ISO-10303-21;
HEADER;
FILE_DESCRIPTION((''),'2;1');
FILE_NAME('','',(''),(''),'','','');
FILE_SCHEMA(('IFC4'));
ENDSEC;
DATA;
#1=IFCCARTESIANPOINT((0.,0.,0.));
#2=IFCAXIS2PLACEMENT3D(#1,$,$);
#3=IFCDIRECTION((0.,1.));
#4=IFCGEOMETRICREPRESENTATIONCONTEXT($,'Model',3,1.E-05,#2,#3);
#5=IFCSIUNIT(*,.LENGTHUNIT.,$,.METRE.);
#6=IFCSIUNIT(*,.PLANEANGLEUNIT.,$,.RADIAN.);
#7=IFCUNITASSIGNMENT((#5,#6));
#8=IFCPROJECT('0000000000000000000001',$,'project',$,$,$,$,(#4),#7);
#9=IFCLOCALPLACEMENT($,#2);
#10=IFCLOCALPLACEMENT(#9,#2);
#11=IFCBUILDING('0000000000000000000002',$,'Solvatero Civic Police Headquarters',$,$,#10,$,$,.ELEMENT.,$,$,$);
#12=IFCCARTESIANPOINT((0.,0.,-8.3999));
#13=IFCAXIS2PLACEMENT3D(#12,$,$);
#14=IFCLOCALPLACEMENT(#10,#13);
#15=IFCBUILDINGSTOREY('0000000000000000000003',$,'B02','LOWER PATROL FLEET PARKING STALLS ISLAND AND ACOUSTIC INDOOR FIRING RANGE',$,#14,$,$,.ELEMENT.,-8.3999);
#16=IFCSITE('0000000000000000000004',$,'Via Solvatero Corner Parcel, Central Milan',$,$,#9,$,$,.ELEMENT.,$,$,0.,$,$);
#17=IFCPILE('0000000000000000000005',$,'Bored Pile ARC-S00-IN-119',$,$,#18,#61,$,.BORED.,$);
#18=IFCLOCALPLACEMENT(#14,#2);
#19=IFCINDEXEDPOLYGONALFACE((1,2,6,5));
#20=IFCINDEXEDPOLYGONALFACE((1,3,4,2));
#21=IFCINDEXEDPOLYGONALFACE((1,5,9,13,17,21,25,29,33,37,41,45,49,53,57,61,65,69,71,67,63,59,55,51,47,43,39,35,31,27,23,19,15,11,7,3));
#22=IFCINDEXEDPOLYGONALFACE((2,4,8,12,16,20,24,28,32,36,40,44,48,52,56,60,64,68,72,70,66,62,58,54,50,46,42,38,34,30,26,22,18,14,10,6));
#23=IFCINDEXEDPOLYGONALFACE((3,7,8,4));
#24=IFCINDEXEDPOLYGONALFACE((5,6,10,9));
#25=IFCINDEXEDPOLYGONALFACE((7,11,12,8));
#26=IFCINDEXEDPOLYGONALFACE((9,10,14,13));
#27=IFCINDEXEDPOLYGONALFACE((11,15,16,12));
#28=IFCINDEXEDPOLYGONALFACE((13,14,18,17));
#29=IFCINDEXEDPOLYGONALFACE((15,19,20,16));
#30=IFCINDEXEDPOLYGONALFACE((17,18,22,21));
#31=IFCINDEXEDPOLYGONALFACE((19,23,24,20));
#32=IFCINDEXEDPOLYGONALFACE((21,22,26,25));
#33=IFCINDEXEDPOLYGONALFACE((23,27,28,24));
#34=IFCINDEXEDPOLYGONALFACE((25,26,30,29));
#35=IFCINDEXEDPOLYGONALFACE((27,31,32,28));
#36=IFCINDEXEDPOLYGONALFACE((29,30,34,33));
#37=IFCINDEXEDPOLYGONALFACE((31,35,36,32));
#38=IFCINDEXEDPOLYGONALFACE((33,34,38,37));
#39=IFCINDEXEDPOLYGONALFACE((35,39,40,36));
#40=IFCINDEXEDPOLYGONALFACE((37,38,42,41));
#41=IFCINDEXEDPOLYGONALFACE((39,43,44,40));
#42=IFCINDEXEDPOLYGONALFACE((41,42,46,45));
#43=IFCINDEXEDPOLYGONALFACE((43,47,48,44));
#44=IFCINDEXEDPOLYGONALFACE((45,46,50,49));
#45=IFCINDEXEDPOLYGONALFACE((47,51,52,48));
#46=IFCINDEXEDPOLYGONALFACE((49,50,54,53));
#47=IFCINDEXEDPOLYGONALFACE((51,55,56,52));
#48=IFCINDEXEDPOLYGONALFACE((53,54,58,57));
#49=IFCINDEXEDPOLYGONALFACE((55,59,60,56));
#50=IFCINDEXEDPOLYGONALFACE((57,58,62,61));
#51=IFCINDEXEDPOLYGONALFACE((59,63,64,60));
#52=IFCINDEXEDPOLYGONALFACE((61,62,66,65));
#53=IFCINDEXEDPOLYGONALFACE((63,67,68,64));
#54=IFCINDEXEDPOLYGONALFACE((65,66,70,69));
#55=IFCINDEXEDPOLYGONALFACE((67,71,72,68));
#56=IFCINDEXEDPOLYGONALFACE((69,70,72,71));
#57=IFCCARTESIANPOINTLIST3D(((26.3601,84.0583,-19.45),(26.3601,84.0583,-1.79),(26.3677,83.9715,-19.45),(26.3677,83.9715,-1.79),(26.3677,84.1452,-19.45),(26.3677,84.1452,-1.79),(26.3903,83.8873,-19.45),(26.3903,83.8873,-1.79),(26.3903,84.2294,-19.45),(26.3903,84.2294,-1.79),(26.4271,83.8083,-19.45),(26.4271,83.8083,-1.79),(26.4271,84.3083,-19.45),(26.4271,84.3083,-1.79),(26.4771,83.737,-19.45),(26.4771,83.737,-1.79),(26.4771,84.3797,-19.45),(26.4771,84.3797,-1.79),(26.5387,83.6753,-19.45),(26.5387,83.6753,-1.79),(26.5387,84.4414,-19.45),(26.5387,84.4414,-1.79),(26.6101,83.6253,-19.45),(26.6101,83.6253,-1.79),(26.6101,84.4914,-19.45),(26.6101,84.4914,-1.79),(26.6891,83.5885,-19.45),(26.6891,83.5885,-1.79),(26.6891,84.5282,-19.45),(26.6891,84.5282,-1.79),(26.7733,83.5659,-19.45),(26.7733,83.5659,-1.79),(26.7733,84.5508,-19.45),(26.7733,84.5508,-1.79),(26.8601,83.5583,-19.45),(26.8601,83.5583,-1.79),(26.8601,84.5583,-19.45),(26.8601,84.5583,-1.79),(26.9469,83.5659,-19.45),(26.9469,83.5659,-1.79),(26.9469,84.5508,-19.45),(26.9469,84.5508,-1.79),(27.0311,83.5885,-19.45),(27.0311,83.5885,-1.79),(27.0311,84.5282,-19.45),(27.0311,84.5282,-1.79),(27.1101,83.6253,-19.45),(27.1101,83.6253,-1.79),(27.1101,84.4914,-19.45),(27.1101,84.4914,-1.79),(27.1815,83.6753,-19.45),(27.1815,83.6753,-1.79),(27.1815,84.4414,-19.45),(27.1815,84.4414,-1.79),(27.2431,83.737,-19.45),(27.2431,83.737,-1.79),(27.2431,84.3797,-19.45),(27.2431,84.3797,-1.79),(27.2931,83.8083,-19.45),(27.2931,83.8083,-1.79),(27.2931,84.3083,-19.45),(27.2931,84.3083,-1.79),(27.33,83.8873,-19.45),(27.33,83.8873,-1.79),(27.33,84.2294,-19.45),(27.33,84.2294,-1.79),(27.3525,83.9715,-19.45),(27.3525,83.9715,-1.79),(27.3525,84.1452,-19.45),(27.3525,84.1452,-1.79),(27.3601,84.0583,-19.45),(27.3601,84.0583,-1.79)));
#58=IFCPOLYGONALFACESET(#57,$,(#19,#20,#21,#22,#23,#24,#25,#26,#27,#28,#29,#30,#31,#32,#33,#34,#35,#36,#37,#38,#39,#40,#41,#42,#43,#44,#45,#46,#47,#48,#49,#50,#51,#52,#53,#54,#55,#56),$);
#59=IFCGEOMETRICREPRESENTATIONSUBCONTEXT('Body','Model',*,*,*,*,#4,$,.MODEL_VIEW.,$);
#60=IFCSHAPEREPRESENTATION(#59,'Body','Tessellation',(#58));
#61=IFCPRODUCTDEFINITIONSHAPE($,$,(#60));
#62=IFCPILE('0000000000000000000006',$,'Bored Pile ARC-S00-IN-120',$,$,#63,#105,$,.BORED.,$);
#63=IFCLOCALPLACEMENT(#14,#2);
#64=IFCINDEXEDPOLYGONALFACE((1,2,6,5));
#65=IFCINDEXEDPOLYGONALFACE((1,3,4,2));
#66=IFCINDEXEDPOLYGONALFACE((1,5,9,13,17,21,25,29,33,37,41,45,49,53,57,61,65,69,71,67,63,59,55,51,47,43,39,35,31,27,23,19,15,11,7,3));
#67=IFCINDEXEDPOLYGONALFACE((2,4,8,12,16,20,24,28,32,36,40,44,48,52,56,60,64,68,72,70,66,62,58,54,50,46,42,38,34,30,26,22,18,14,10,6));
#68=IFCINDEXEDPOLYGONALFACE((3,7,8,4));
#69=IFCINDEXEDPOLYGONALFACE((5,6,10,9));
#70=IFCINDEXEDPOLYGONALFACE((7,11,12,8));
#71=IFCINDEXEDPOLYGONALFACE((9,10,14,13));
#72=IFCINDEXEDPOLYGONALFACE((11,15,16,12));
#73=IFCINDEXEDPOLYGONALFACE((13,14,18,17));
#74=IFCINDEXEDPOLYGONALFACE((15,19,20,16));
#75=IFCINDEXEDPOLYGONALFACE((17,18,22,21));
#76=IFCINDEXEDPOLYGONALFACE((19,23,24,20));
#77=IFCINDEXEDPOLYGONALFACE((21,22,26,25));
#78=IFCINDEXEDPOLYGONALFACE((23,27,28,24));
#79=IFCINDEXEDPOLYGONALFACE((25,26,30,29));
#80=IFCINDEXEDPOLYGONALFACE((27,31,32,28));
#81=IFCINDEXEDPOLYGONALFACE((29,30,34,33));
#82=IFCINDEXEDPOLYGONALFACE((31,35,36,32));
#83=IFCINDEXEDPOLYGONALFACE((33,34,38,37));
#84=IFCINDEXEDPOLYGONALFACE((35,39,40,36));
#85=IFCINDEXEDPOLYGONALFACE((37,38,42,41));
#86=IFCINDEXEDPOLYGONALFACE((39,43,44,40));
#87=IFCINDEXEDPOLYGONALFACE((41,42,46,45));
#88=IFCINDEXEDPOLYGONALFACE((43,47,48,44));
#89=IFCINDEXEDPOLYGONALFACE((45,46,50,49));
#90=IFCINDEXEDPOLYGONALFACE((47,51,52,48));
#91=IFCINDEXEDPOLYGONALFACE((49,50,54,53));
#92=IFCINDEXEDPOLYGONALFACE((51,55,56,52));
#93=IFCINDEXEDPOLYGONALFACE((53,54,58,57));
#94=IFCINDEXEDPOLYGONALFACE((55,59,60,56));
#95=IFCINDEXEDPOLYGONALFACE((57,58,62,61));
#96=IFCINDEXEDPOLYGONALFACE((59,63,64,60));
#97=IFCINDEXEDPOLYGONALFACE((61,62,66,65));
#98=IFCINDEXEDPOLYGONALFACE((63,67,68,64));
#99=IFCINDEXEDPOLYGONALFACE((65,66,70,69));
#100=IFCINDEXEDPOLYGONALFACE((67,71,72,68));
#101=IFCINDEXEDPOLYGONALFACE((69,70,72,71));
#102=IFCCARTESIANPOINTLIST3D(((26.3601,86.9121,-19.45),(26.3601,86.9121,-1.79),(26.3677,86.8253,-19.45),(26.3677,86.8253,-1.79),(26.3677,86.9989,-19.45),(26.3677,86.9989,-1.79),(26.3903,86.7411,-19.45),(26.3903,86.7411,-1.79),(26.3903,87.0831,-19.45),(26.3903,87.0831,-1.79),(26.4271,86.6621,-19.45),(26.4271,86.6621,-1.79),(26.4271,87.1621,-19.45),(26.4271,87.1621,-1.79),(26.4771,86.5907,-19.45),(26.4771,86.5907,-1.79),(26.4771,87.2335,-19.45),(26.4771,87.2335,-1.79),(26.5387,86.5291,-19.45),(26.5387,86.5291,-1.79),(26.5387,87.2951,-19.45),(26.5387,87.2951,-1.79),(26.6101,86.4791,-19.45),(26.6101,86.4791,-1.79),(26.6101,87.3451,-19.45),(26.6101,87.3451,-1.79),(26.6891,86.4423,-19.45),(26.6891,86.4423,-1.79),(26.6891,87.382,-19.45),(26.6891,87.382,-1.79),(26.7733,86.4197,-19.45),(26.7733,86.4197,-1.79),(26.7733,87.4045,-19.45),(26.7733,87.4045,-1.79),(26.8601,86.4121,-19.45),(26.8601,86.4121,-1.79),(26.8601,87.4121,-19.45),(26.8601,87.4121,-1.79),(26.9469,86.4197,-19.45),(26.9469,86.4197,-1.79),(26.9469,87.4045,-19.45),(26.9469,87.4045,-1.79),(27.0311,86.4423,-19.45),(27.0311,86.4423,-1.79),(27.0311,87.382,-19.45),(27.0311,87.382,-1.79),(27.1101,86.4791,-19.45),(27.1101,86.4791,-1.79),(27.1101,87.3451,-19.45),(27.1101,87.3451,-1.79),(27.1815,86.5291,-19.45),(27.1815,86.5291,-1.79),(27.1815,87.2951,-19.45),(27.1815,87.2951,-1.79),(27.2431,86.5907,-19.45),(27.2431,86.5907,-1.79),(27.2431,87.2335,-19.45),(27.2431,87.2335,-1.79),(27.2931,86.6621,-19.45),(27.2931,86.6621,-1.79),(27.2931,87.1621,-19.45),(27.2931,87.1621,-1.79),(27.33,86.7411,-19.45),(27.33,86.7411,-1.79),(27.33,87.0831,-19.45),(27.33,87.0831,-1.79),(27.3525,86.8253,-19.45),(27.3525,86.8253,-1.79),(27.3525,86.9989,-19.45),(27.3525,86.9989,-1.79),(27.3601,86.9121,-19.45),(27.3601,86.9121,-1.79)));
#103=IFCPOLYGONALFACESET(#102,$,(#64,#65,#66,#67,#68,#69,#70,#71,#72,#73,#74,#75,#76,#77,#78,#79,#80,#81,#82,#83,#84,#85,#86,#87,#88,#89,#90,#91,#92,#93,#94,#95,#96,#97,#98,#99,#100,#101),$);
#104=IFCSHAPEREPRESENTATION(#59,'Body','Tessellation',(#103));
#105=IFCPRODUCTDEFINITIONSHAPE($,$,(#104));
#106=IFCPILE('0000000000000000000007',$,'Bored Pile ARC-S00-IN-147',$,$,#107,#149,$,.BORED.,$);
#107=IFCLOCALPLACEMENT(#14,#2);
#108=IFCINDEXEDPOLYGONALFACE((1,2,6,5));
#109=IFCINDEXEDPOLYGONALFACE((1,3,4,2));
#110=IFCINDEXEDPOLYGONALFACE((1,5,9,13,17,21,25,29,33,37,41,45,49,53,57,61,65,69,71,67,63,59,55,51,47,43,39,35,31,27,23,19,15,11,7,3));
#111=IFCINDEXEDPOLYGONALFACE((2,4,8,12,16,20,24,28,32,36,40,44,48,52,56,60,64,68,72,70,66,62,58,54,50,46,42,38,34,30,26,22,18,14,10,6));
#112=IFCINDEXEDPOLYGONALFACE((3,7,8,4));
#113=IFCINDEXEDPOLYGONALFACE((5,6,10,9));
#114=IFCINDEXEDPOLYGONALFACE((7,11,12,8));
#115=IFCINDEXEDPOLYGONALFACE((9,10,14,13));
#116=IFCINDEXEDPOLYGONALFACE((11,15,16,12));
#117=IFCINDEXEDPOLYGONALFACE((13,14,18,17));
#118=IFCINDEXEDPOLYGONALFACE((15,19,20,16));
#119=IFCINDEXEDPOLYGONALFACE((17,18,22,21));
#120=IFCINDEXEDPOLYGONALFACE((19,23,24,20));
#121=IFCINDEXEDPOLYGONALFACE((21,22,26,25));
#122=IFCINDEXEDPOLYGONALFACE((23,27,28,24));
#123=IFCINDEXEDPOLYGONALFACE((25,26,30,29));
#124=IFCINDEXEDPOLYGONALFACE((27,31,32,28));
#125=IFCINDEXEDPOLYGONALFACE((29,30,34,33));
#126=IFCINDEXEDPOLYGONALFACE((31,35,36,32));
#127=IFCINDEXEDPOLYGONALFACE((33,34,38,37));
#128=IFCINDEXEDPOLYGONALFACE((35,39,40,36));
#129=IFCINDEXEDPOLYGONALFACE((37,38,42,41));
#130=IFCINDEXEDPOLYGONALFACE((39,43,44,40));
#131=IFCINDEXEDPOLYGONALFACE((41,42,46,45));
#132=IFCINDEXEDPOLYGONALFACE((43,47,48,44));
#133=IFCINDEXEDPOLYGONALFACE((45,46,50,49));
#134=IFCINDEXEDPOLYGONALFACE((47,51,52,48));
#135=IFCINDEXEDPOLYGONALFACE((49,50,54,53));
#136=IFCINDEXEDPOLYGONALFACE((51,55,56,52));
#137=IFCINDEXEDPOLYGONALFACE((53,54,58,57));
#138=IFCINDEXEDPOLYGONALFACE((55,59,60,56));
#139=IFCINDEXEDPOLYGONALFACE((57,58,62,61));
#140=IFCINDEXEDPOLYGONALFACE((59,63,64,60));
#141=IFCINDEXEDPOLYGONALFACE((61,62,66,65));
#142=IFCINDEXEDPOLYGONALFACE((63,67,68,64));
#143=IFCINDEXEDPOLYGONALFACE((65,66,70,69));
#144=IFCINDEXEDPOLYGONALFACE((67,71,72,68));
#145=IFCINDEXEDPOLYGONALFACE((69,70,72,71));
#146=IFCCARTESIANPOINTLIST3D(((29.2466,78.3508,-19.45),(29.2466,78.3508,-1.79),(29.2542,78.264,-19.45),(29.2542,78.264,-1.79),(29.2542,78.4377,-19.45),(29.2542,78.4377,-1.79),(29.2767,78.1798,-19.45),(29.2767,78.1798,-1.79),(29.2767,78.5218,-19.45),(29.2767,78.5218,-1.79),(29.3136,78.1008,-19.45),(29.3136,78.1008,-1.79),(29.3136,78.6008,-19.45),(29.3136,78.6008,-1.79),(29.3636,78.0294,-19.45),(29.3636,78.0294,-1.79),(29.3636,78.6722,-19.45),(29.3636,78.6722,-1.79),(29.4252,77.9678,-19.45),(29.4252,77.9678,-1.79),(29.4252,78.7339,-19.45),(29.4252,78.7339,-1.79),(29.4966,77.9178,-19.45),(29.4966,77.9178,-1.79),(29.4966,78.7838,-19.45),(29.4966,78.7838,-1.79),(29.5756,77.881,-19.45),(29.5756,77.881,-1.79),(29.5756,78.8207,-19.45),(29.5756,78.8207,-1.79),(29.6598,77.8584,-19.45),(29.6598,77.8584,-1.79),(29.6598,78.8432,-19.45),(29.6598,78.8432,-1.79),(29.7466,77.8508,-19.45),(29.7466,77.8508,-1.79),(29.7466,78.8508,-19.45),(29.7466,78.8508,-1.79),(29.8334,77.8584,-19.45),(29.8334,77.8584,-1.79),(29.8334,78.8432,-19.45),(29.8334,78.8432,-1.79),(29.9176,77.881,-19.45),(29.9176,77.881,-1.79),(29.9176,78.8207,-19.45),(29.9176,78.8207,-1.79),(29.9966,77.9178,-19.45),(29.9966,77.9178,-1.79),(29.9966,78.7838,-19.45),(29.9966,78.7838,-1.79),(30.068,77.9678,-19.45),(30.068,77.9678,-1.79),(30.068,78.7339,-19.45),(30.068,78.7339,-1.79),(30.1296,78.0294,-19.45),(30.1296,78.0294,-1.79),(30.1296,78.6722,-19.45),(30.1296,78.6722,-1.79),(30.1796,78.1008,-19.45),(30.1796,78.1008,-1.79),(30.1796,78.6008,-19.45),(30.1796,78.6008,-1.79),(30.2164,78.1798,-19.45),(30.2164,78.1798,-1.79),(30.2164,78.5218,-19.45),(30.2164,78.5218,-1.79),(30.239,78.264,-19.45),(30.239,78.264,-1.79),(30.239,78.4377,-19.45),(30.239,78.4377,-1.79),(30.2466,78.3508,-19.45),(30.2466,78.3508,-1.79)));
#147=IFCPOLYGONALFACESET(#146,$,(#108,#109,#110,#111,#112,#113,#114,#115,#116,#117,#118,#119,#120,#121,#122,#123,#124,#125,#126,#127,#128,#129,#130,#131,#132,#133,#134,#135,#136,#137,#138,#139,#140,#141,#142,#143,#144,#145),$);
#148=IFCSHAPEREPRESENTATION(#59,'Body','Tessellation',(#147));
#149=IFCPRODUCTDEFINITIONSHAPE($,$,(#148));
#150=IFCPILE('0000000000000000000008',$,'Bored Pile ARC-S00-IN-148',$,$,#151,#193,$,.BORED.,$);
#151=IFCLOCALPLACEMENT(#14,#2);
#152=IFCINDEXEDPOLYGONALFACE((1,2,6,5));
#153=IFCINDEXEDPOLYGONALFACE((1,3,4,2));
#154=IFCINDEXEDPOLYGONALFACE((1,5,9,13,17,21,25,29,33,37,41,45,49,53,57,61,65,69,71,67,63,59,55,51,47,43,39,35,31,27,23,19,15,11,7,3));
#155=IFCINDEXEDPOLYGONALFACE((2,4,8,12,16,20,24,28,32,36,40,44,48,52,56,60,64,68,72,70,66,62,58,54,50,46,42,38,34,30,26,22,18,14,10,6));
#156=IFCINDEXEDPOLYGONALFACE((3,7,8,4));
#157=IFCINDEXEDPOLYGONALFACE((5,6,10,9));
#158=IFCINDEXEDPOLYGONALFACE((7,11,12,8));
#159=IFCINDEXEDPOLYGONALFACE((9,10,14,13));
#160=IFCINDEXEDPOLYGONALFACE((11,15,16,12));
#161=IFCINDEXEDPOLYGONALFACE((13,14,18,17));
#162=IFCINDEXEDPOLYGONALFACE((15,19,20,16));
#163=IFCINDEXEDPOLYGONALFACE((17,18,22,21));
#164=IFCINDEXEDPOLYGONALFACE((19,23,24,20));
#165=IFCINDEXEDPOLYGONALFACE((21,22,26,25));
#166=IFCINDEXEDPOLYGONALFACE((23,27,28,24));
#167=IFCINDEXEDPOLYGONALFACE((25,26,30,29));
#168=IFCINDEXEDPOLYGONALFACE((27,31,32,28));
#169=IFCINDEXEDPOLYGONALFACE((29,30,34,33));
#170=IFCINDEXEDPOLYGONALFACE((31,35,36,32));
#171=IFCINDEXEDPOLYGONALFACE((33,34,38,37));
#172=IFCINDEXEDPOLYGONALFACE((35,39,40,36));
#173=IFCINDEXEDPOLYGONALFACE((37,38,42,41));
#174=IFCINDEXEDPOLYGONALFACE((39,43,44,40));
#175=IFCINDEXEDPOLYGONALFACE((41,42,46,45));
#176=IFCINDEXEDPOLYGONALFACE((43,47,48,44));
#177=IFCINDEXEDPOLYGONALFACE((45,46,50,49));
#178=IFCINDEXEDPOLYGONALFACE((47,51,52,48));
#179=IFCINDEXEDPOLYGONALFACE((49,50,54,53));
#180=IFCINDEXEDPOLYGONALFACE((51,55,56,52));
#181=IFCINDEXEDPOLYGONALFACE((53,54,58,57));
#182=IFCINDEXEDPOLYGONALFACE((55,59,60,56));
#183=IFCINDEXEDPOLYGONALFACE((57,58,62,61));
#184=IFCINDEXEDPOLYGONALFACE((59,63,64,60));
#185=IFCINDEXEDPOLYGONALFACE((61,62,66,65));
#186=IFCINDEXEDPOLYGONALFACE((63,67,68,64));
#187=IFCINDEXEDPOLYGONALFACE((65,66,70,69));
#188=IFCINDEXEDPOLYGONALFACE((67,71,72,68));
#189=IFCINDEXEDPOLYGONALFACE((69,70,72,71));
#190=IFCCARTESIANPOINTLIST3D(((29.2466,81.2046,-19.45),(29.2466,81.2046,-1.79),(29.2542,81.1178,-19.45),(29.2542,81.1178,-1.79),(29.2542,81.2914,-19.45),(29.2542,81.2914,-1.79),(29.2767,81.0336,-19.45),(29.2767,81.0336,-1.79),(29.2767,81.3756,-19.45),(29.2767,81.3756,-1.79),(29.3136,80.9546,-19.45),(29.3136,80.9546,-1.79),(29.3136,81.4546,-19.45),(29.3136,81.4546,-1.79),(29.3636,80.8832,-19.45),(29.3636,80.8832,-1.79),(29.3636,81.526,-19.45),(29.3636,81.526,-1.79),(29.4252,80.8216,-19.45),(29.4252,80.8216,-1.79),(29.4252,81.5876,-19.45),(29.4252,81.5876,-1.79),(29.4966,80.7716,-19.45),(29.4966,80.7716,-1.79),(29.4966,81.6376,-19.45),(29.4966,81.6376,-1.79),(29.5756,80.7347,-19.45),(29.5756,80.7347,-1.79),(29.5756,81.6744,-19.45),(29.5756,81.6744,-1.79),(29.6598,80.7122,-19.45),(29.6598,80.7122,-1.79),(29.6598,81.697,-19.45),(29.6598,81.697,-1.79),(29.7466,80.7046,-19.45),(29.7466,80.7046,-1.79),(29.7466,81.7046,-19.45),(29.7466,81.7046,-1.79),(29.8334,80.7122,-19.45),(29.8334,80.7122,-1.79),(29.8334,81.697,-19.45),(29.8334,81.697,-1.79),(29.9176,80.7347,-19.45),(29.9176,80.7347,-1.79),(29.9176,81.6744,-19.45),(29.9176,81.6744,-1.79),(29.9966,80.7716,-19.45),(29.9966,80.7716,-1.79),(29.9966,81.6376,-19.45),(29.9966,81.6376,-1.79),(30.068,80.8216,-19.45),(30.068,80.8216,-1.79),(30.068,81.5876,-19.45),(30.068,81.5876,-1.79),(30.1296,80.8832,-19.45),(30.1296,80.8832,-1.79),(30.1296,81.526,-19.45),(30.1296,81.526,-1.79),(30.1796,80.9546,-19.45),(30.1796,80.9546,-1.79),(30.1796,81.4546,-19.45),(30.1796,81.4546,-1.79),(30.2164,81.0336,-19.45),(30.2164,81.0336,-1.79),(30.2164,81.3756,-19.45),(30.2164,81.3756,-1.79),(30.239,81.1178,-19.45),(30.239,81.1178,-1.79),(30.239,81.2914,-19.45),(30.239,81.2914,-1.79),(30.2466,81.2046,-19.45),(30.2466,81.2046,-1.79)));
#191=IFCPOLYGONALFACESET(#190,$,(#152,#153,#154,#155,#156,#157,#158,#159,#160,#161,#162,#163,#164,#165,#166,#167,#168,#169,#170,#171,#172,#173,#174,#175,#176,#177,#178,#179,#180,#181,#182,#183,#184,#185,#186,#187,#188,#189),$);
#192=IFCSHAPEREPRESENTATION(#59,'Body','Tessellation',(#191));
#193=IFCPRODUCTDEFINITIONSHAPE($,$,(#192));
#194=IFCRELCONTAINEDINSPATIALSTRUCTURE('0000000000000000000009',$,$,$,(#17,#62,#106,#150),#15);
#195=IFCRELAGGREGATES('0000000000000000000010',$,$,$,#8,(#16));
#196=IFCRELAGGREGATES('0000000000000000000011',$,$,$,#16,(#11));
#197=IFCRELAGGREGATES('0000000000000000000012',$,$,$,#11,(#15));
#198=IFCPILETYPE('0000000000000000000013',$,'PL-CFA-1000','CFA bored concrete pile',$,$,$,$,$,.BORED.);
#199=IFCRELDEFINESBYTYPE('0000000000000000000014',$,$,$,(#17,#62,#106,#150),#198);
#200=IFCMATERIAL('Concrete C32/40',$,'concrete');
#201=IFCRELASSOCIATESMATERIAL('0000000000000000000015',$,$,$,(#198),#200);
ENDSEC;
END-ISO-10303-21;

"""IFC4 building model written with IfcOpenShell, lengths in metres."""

from ifc_helpers import new_model, si_unit, direction, frame, origin, origin_2d, place, context, subcontext, project, spatial, circle, extrude, material, material_profile, profile_set, type_object, element, save


model = new_model("IFC4")

# Units and contexts
model_context = context("Model", 3, precision=1e-05, world=origin(), true_north=direction((0.0, 1.0)))
body_context = subcontext(model_context, "Body", "Model", "MODEL_VIEW")
ifc_project = project(units=[si_unit("LENGTHUNIT", "METRE"), si_unit("PLANEANGLEUNIT", "RADIAN")], contexts=[model_context])

# Site, building, storey
site_placement = place(None, origin())
site = spatial("IfcSite", under=ifc_project, at=site_placement, Name="Via Solvatero Corner Parcel, Central Milan", CompositionType="ELEMENT", RefElevation=0.0)
building_placement = place(site_placement, origin())
building = spatial("IfcBuilding", under=site, at=building_placement, Name="Solvatero Civic Police Headquarters", CompositionType="ELEMENT")
storey_placement = place(building_placement, frame((0.0, 0.0, -8.3999)))
storey = spatial("IfcBuildingStorey", under=building, at=storey_placement, Name="B02", Description="LOWER PATROL FLEET PARKING STALLS ISLAND AND ACOUSTIC INDOOR FIRING RANGE", CompositionType="ELEMENT", Elevation=-8.3999)

# Piles
ifc_material_1 = material(Name="Concrete C32/40", Category="concrete")
ifc_material_profile_1 = material_profile(ifc_material_1, circle(Radius=0.5, at=origin_2d()), Name="CFA PILE D1000")
ifc_profile_set_1 = profile_set([ifc_material_profile_1], Name="Concrete C32/40")
pile_type = type_object("IfcPileType", Name="PL-CFA-1000", Description="CFA bored concrete pile", PredefinedType="BORED", material=ifc_profile_set_1)
for number, where, z_axis, x_axis, name in (
    (1, (26.8601, 84.0583, -1.79), (0.0, 0.0, -1.0), (1.0, 0.0, 0.0), "Bored Pile ARC-S00-IN-119"),
    (2, (26.8601, 86.9121, -1.79), (0.0, 0.0, -1.0), (1.0, 0.0, 0.0), "Bored Pile ARC-S00-IN-120"),
    (3, (29.7466, 78.3508, -1.79), (0.0, 0.0, -1.0), (1.0, 0.0, 0.0), "Bored Pile ARC-S00-IN-147"),
    (4, (29.7466, 81.2046, -1.79), (0.0, 0.0, -1.0), (1.0, 0.0, 0.0), "Bored Pile ARC-S00-IN-148"),
):
    element("IfcPile", number, at=place(storey_placement, frame(where, z_axis=z_axis, x_axis=x_axis)), inside=storey, type_object=pile_type, Name=name, PredefinedType="BORED", context=body_context, shape_type="SweptSolid", body=[
        extrude(circle(Radius=0.5, at=origin_2d()), origin(), (0.0, 0.0, 1.0), 17.6599),
    ])

save(model, "model.ifc")
